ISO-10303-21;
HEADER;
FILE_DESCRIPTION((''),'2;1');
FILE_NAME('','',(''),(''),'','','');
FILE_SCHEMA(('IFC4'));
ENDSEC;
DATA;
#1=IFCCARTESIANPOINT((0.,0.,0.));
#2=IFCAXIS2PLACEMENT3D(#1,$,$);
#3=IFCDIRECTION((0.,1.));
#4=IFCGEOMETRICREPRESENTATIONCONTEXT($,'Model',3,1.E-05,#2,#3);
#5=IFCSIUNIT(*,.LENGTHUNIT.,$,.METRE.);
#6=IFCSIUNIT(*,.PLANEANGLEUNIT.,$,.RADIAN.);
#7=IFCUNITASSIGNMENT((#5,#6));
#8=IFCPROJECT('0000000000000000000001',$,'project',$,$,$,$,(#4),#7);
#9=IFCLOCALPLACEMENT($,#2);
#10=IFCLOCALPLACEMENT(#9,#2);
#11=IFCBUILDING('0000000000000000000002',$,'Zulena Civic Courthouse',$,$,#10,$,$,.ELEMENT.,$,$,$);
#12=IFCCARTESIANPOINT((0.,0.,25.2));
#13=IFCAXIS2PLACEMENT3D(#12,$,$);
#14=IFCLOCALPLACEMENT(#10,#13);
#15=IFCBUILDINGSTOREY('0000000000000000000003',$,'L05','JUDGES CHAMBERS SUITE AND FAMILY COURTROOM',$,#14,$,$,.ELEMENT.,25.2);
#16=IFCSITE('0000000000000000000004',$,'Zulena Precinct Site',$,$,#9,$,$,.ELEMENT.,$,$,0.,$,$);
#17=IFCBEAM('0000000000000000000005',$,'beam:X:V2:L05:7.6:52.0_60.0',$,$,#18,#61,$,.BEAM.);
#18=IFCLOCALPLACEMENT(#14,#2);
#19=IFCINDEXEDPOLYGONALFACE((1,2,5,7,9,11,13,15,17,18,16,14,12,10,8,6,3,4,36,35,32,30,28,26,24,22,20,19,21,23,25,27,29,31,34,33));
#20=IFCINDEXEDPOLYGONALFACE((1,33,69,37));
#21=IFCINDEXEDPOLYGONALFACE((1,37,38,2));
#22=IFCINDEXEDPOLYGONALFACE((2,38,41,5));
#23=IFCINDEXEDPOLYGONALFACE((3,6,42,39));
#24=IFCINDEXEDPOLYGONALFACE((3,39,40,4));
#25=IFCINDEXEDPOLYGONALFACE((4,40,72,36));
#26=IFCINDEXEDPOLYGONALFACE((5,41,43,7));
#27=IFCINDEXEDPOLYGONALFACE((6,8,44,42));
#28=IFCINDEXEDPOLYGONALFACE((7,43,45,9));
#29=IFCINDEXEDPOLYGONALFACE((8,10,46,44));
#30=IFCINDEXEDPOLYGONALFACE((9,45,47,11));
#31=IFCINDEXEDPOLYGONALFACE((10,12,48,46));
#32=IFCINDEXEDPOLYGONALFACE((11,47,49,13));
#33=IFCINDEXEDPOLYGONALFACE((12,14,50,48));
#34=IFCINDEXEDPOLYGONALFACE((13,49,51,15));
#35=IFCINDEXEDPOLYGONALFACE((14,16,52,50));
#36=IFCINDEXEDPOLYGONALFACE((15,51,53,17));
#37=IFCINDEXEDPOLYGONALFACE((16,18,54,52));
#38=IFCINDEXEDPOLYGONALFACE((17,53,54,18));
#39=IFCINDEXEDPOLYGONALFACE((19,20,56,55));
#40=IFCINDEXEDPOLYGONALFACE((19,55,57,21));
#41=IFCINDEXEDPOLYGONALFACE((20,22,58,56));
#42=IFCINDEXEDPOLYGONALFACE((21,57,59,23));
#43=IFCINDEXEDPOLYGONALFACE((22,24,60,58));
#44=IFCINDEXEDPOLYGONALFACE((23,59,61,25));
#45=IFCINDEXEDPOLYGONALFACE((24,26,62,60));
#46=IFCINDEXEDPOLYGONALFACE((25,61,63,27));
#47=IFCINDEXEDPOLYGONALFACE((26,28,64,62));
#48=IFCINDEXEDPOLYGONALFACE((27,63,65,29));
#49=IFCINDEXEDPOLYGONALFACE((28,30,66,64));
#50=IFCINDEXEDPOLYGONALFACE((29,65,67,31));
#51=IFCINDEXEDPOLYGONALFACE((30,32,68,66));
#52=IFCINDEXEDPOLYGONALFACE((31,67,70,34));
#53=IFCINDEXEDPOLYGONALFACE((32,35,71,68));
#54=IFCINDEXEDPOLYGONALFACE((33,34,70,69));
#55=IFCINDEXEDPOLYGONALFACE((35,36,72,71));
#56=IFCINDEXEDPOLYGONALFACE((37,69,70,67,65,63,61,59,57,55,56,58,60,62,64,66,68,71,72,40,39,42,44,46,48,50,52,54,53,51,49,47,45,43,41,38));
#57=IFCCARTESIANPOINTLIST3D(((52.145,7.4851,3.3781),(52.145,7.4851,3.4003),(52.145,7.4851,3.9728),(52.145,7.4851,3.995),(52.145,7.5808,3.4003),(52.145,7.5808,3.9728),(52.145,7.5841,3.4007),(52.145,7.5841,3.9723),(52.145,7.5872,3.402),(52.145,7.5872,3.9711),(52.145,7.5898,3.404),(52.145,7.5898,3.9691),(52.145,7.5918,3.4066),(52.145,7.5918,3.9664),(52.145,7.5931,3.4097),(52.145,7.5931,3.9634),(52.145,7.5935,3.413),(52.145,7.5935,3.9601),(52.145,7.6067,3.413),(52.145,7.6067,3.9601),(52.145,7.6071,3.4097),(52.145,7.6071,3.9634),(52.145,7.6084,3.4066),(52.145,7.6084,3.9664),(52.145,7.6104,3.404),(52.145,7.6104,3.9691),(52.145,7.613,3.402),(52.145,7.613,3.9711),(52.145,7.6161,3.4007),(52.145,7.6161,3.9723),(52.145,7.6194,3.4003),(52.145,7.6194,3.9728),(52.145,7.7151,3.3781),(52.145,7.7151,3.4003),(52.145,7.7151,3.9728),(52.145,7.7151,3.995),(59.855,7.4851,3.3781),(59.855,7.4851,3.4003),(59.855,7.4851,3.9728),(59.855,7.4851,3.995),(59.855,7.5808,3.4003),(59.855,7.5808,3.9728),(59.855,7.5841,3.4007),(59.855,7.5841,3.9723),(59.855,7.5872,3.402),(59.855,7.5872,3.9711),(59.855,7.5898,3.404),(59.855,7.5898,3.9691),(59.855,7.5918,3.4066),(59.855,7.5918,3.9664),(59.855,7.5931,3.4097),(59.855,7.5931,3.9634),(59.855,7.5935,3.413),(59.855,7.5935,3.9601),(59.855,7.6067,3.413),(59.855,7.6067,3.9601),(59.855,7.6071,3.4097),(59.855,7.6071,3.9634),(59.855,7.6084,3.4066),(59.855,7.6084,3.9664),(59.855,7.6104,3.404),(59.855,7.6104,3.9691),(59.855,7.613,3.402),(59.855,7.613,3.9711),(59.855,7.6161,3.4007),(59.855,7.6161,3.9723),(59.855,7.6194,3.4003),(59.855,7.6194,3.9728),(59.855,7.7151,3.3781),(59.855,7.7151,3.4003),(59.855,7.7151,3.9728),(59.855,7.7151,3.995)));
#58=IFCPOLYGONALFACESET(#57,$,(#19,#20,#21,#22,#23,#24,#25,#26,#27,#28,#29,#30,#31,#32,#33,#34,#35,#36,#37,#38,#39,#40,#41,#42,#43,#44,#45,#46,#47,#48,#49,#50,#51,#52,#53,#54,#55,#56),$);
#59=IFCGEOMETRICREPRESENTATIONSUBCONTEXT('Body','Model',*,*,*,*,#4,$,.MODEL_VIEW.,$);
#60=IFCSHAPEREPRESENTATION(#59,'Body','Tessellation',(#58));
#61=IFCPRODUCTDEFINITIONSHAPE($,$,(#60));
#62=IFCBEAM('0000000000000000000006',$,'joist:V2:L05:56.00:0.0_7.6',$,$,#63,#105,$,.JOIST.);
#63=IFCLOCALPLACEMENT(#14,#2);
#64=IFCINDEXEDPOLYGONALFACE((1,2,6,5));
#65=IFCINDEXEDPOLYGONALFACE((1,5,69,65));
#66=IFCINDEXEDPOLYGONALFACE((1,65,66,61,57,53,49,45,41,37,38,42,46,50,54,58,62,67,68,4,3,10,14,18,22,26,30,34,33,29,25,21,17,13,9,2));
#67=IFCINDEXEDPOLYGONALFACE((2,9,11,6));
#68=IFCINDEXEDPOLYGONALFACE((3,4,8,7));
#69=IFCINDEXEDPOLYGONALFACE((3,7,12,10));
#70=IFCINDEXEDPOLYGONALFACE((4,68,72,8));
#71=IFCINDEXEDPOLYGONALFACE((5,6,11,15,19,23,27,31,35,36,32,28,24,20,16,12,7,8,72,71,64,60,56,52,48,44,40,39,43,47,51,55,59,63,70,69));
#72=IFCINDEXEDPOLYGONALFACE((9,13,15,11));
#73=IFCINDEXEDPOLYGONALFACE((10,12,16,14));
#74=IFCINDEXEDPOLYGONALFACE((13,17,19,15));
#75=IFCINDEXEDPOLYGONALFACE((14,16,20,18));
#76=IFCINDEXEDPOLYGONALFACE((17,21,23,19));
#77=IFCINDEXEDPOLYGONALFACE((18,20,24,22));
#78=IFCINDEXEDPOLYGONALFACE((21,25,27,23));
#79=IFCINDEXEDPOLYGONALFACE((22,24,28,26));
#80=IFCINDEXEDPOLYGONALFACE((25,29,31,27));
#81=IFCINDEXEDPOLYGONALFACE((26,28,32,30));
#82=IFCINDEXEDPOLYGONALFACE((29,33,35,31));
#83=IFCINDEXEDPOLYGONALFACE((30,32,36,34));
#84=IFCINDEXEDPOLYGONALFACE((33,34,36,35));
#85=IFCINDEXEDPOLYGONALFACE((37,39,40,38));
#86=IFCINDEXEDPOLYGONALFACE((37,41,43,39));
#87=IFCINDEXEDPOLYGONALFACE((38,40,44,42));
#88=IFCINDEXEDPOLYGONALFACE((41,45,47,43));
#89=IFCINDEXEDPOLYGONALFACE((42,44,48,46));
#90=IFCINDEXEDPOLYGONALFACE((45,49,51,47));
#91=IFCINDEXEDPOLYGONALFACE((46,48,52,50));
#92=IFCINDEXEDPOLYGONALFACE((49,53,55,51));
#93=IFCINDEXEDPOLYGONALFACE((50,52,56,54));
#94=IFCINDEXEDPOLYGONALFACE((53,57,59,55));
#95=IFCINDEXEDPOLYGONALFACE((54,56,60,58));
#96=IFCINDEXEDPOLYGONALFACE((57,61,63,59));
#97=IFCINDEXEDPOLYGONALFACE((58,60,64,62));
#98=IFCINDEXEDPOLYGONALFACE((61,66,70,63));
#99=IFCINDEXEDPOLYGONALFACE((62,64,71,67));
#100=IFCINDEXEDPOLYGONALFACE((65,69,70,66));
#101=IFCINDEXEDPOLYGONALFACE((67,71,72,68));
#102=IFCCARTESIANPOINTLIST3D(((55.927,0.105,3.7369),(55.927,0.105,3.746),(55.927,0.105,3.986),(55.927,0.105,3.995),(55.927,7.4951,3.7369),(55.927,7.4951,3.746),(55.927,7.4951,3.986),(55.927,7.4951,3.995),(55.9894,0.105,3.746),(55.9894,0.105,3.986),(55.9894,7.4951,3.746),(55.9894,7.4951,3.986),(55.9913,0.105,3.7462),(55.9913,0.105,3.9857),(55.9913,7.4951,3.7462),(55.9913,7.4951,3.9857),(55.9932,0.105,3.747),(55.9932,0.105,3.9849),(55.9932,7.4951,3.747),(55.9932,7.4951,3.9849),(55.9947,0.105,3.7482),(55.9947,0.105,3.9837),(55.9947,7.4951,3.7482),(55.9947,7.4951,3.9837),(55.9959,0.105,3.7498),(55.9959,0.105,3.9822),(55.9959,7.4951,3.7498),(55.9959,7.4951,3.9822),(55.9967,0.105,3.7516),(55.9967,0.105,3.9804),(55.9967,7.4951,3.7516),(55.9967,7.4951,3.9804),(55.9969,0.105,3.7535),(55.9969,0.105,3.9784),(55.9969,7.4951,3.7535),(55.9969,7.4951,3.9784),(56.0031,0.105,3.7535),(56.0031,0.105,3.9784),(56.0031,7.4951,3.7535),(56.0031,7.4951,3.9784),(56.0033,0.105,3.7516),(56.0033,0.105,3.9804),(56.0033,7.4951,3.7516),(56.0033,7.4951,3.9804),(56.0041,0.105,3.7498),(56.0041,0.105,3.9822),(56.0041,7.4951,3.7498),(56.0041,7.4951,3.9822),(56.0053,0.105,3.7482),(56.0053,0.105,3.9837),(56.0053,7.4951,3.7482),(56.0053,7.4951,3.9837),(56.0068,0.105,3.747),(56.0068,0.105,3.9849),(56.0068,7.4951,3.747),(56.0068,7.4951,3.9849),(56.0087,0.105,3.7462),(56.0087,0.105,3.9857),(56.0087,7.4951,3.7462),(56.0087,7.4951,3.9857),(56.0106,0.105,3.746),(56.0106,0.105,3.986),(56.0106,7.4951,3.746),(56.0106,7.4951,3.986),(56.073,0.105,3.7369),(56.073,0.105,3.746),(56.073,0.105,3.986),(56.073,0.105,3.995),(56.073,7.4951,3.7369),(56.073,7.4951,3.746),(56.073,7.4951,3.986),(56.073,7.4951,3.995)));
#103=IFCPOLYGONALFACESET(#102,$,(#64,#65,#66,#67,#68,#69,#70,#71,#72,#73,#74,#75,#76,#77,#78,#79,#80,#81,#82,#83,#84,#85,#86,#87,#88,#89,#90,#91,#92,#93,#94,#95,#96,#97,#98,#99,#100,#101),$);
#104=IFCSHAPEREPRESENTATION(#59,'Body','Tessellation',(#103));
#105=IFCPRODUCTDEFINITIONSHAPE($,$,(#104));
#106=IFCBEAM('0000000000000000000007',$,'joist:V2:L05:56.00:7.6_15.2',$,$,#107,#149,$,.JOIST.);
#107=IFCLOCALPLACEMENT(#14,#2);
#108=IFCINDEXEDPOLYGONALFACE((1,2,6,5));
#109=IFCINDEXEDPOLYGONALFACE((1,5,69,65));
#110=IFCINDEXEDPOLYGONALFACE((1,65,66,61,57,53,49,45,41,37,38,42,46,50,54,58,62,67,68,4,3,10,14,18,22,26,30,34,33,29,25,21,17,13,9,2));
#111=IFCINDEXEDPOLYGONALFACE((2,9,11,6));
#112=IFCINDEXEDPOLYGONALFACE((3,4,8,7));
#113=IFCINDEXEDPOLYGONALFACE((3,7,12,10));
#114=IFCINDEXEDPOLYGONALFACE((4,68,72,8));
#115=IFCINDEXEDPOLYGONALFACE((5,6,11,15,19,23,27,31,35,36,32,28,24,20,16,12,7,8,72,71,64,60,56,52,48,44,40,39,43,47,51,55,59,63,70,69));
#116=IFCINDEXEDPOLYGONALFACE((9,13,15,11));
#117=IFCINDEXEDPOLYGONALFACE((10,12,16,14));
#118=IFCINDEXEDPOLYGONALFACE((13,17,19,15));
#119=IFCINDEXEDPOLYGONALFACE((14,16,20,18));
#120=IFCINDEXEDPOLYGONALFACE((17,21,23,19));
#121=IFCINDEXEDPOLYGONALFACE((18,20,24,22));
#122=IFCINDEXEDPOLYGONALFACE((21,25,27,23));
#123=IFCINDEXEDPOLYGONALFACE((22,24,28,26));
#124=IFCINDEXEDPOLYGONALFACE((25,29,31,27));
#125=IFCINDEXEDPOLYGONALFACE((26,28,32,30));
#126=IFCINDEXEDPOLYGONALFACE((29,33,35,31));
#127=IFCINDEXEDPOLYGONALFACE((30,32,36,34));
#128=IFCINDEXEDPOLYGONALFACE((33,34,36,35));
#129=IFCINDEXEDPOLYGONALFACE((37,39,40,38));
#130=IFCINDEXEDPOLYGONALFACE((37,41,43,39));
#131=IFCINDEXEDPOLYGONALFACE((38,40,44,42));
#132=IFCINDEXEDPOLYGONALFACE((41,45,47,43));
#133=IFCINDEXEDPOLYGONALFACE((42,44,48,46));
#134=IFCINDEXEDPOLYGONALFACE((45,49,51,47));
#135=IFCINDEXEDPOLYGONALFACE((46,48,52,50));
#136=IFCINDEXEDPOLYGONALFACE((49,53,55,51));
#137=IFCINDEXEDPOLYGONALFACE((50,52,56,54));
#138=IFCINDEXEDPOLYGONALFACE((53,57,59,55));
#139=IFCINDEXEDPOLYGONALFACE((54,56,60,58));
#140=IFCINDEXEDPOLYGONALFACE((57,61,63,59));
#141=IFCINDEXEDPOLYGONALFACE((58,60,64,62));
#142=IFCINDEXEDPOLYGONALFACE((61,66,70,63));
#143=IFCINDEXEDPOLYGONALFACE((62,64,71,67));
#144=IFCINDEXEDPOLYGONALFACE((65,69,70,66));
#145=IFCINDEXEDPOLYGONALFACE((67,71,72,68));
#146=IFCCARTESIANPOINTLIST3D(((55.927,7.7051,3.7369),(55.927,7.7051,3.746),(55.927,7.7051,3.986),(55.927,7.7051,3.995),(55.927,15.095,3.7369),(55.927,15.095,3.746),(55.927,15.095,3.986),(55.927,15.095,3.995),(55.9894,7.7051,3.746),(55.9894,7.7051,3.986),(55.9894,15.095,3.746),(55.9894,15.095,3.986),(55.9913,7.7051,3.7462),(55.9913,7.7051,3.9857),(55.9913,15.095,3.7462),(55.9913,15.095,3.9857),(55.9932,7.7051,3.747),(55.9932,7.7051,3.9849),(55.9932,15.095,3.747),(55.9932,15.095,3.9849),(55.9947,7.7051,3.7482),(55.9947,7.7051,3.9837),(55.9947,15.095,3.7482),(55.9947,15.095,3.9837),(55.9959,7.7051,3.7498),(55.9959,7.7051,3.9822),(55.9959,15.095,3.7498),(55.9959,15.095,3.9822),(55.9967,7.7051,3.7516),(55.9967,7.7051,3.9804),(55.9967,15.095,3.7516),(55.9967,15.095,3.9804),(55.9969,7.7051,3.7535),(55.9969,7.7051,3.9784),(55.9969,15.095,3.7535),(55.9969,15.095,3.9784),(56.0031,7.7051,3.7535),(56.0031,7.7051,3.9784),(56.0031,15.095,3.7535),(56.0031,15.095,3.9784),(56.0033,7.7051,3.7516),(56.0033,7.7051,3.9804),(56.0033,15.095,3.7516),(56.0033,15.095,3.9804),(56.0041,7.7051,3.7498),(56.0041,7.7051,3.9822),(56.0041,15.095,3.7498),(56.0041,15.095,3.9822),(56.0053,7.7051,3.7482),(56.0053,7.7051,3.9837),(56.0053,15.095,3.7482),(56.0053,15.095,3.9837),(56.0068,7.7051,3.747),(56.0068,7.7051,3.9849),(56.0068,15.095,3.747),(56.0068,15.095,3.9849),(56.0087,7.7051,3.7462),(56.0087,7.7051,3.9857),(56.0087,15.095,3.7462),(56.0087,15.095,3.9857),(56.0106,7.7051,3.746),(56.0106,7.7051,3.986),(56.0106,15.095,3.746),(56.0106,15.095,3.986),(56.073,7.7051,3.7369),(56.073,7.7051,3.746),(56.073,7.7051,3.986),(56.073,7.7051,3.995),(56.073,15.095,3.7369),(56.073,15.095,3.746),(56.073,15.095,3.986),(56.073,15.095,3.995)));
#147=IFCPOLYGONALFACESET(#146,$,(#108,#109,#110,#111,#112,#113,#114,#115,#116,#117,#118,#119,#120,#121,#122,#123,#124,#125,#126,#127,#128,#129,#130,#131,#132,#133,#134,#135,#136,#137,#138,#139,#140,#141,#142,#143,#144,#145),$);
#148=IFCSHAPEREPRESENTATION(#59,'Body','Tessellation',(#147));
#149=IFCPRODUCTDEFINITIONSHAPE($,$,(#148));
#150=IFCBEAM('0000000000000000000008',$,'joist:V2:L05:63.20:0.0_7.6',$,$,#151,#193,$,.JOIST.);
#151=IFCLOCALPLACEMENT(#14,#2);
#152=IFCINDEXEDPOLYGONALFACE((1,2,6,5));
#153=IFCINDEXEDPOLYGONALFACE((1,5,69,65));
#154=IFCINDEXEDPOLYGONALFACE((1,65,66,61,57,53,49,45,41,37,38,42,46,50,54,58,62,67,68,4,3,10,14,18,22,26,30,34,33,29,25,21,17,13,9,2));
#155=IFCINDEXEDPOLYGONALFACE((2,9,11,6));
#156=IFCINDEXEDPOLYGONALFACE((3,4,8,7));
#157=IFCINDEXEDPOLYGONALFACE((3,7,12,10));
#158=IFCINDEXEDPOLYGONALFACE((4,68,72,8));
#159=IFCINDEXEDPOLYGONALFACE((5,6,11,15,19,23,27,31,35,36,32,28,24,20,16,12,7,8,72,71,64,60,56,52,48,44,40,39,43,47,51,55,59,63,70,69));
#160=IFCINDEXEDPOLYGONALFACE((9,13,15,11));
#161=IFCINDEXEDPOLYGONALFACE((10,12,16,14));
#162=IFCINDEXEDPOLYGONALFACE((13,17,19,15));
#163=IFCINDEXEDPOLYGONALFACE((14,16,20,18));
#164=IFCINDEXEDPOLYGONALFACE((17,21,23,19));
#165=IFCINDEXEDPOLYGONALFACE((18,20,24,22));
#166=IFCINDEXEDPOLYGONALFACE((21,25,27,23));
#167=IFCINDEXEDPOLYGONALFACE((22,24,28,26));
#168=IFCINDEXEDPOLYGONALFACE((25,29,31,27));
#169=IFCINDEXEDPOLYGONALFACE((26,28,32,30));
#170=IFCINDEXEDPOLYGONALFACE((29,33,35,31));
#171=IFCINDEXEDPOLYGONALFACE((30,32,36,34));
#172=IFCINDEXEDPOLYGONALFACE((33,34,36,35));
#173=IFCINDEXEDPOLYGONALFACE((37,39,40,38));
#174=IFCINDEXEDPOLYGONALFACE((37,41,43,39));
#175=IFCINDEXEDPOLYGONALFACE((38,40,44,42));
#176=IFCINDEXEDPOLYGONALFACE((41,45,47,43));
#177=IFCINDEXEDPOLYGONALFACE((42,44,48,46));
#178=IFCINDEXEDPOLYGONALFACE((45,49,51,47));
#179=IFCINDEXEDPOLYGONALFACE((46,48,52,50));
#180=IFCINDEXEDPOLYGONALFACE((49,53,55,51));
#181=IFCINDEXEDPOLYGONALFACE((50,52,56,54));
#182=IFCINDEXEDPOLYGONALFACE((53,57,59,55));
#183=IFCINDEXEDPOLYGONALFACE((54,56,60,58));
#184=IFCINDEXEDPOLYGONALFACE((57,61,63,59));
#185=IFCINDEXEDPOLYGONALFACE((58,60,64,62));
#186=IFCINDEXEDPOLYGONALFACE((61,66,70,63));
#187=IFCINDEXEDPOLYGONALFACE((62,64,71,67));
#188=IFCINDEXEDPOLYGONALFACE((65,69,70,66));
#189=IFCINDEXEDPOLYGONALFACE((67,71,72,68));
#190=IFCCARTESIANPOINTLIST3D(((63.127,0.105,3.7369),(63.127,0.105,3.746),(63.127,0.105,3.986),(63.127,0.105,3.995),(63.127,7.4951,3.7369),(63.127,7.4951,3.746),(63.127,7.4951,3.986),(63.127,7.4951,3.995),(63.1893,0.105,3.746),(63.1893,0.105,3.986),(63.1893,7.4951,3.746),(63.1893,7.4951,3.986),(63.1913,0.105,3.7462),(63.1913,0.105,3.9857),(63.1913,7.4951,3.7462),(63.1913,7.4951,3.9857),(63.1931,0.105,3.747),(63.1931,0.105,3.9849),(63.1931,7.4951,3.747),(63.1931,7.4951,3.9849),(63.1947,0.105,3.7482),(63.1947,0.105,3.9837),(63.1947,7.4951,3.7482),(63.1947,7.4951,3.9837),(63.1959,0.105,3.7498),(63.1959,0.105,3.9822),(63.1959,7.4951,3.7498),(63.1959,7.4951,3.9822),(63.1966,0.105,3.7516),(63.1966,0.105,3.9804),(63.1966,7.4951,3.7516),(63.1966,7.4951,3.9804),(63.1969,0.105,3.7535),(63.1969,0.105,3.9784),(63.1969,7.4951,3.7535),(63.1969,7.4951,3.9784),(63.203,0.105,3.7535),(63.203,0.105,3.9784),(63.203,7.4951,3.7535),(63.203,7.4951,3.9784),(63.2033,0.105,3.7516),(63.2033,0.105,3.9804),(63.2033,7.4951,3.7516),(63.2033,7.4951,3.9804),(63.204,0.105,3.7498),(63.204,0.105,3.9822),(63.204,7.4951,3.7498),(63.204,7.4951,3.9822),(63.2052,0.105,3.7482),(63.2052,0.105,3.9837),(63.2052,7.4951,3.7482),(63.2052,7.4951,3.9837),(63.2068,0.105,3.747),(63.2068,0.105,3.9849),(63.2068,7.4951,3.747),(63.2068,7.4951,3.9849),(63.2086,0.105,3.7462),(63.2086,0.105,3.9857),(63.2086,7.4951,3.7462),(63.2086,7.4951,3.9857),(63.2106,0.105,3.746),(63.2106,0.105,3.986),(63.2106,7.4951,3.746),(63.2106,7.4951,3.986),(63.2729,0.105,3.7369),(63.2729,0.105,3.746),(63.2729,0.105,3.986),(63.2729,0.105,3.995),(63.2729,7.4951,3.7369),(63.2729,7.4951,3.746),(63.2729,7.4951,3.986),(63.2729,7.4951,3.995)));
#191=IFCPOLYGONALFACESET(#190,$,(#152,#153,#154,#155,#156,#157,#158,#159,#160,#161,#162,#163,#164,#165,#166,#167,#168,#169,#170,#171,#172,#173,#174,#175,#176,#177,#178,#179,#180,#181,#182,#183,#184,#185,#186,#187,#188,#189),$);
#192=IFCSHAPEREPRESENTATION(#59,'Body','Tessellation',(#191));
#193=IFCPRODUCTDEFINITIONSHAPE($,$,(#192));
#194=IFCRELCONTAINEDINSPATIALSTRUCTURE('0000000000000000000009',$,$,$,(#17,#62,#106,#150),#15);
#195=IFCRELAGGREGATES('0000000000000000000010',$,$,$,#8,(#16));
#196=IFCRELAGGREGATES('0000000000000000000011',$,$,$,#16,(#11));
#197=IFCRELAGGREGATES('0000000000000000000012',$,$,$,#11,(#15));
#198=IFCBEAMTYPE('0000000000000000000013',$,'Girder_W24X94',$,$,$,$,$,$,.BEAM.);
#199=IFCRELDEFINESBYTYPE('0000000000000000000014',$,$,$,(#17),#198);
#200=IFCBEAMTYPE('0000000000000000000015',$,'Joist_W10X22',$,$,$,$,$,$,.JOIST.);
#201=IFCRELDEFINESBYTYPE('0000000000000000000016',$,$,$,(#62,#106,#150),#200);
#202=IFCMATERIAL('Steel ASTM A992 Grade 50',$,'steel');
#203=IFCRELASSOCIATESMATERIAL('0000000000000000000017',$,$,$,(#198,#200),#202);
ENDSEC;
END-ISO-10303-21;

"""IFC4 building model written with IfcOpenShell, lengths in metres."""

from ifc_helpers import new_model, si_unit, direction, frame, origin, origin_2d, place, context, subcontext, project, spatial, i_section, extrude, material, material_profile, profile_set, type_object, element, save


model = new_model("IFC4")

# Units and contexts
model_context = context("Model", 3, precision=1e-05, world=origin(), true_north=direction((0.0, 1.0)))
body_context = subcontext(model_context, "Body", "Model", "MODEL_VIEW")
ifc_project = project(units=[si_unit("LENGTHUNIT", "METRE"), si_unit("PLANEANGLEUNIT", "RADIAN")], contexts=[model_context])

# Site, building, storey
site_placement = place(None, origin())
site = spatial("IfcSite", under=ifc_project, at=site_placement, Name="Zulena Precinct Site", CompositionType="ELEMENT", RefElevation=0.0)
building_placement = place(site_placement, origin())
building = spatial("IfcBuilding", under=site, at=building_placement, Name="Zulena Civic Courthouse", CompositionType="ELEMENT")
storey_placement = place(building_placement, frame((0.0, 0.0, 25.2)))
storey = spatial("IfcBuildingStorey", under=building, at=storey_placement, Name="L05", Description="JUDGES CHAMBERS SUITE AND FAMILY COURTROOM", CompositionType="ELEMENT", Elevation=25.2)

# Shared definitions
ifc_material_1 = material(Name="Steel ASTM A992 Grade 50", Category="steel")

# Beams
ifc_material_profile_1 = material_profile(ifc_material_1, i_section(OverallWidth=0.23, OverallDepth=0.6169, WebThickness=0.0132, FlangeThickness=0.0222, FilletRadius=0.0127, at=origin_2d()), Name="W24X94")
ifc_profile_set_1 = profile_set([ifc_material_profile_1], Name="Steel ASTM A992 Grade 50")
beam_type_1 = type_object("IfcBeamType", Name="Girder_W24X94", PredefinedType="BEAM", material=ifc_profile_set_1)
beam_1_placement = place(storey_placement, frame((52.145, 7.6001, 3.6865), z_axis=(1.0, 0.0, 0.0), x_axis=(0.0, 1.0, 0.0)))
element("IfcBeam", 1, at=beam_1_placement, inside=storey, type_object=beam_type_1, Name="beam:X:V2:L05:7.6:52.0_60.0", PredefinedType="BEAM", context=body_context, shape_type="SweptSolid", body=[
    extrude(i_section(OverallWidth=0.23, OverallDepth=0.6169, WebThickness=0.0132, FlangeThickness=0.0222, FilletRadius=0.0127, at=origin_2d()), origin(), (0.0, 0.0, 1.0), 7.71),
])
ifc_material_profile_2 = material_profile(ifc_material_1, i_section(OverallWidth=0.146, OverallDepth=0.2581, WebThickness=0.0061, FlangeThickness=0.009, FilletRadius=0.0076, at=origin_2d()), Name="W10X22")
ifc_profile_set_2 = profile_set([ifc_material_profile_2], Name="Steel ASTM A992 Grade 50")
beam_type_2 = type_object("IfcBeamType", Name="Joist_W10X22", PredefinedType="JOIST", material=ifc_profile_set_2)
beam_2_placement = place(storey_placement, frame((56.0, 0.105, 3.866), z_axis=(0.0, 1.0, 0.0), x_axis=(-1.0, 0.0, 0.0)))
element("IfcBeam", 2, at=beam_2_placement, inside=storey, type_object=beam_type_2, Name="joist:V2:L05:56.00:0.0_7.6", PredefinedType="JOIST", context=body_context, shape_type="SweptSolid", body=[
    extrude(i_section(OverallWidth=0.146, OverallDepth=0.2581, WebThickness=0.0061, FlangeThickness=0.009, FilletRadius=0.0076, at=origin_2d()), origin(), (0.0, 0.0, 1.0), 7.3901),
])
beam_3_placement = place(storey_placement, frame((56.0, 7.7051, 3.866), z_axis=(0.0, 1.0, 0.0), x_axis=(-1.0, 0.0, 0.0)))
element("IfcBeam", 3, at=beam_3_placement, inside=storey, type_object=beam_type_2, Name="joist:V2:L05:56.00:7.6_15.2", PredefinedType="JOIST", context=body_context, shape_type="SweptSolid", body=[
    extrude(i_section(OverallWidth=0.146, OverallDepth=0.2581, WebThickness=0.0061, FlangeThickness=0.009, FilletRadius=0.0076, at=origin_2d()), origin(), (0.0, 0.0, 1.0), 7.3899),
])
beam_4_placement = place(storey_placement, frame((63.2, 0.105, 3.866), z_axis=(0.0, 1.0, 0.0), x_axis=(-1.0, 0.0, 0.0)))
element("IfcBeam", 4, at=beam_4_placement, inside=storey, type_object=beam_type_2, Name="joist:V2:L05:63.20:0.0_7.6", PredefinedType="JOIST", context=body_context, shape_type="SweptSolid", body=[
    extrude(i_section(OverallWidth=0.146, OverallDepth=0.2581, WebThickness=0.0061, FlangeThickness=0.009, FilletRadius=0.0076, at=origin_2d()), origin(), (0.0, 0.0, 1.0), 7.3901),
])

save(model, "model.ifc")
